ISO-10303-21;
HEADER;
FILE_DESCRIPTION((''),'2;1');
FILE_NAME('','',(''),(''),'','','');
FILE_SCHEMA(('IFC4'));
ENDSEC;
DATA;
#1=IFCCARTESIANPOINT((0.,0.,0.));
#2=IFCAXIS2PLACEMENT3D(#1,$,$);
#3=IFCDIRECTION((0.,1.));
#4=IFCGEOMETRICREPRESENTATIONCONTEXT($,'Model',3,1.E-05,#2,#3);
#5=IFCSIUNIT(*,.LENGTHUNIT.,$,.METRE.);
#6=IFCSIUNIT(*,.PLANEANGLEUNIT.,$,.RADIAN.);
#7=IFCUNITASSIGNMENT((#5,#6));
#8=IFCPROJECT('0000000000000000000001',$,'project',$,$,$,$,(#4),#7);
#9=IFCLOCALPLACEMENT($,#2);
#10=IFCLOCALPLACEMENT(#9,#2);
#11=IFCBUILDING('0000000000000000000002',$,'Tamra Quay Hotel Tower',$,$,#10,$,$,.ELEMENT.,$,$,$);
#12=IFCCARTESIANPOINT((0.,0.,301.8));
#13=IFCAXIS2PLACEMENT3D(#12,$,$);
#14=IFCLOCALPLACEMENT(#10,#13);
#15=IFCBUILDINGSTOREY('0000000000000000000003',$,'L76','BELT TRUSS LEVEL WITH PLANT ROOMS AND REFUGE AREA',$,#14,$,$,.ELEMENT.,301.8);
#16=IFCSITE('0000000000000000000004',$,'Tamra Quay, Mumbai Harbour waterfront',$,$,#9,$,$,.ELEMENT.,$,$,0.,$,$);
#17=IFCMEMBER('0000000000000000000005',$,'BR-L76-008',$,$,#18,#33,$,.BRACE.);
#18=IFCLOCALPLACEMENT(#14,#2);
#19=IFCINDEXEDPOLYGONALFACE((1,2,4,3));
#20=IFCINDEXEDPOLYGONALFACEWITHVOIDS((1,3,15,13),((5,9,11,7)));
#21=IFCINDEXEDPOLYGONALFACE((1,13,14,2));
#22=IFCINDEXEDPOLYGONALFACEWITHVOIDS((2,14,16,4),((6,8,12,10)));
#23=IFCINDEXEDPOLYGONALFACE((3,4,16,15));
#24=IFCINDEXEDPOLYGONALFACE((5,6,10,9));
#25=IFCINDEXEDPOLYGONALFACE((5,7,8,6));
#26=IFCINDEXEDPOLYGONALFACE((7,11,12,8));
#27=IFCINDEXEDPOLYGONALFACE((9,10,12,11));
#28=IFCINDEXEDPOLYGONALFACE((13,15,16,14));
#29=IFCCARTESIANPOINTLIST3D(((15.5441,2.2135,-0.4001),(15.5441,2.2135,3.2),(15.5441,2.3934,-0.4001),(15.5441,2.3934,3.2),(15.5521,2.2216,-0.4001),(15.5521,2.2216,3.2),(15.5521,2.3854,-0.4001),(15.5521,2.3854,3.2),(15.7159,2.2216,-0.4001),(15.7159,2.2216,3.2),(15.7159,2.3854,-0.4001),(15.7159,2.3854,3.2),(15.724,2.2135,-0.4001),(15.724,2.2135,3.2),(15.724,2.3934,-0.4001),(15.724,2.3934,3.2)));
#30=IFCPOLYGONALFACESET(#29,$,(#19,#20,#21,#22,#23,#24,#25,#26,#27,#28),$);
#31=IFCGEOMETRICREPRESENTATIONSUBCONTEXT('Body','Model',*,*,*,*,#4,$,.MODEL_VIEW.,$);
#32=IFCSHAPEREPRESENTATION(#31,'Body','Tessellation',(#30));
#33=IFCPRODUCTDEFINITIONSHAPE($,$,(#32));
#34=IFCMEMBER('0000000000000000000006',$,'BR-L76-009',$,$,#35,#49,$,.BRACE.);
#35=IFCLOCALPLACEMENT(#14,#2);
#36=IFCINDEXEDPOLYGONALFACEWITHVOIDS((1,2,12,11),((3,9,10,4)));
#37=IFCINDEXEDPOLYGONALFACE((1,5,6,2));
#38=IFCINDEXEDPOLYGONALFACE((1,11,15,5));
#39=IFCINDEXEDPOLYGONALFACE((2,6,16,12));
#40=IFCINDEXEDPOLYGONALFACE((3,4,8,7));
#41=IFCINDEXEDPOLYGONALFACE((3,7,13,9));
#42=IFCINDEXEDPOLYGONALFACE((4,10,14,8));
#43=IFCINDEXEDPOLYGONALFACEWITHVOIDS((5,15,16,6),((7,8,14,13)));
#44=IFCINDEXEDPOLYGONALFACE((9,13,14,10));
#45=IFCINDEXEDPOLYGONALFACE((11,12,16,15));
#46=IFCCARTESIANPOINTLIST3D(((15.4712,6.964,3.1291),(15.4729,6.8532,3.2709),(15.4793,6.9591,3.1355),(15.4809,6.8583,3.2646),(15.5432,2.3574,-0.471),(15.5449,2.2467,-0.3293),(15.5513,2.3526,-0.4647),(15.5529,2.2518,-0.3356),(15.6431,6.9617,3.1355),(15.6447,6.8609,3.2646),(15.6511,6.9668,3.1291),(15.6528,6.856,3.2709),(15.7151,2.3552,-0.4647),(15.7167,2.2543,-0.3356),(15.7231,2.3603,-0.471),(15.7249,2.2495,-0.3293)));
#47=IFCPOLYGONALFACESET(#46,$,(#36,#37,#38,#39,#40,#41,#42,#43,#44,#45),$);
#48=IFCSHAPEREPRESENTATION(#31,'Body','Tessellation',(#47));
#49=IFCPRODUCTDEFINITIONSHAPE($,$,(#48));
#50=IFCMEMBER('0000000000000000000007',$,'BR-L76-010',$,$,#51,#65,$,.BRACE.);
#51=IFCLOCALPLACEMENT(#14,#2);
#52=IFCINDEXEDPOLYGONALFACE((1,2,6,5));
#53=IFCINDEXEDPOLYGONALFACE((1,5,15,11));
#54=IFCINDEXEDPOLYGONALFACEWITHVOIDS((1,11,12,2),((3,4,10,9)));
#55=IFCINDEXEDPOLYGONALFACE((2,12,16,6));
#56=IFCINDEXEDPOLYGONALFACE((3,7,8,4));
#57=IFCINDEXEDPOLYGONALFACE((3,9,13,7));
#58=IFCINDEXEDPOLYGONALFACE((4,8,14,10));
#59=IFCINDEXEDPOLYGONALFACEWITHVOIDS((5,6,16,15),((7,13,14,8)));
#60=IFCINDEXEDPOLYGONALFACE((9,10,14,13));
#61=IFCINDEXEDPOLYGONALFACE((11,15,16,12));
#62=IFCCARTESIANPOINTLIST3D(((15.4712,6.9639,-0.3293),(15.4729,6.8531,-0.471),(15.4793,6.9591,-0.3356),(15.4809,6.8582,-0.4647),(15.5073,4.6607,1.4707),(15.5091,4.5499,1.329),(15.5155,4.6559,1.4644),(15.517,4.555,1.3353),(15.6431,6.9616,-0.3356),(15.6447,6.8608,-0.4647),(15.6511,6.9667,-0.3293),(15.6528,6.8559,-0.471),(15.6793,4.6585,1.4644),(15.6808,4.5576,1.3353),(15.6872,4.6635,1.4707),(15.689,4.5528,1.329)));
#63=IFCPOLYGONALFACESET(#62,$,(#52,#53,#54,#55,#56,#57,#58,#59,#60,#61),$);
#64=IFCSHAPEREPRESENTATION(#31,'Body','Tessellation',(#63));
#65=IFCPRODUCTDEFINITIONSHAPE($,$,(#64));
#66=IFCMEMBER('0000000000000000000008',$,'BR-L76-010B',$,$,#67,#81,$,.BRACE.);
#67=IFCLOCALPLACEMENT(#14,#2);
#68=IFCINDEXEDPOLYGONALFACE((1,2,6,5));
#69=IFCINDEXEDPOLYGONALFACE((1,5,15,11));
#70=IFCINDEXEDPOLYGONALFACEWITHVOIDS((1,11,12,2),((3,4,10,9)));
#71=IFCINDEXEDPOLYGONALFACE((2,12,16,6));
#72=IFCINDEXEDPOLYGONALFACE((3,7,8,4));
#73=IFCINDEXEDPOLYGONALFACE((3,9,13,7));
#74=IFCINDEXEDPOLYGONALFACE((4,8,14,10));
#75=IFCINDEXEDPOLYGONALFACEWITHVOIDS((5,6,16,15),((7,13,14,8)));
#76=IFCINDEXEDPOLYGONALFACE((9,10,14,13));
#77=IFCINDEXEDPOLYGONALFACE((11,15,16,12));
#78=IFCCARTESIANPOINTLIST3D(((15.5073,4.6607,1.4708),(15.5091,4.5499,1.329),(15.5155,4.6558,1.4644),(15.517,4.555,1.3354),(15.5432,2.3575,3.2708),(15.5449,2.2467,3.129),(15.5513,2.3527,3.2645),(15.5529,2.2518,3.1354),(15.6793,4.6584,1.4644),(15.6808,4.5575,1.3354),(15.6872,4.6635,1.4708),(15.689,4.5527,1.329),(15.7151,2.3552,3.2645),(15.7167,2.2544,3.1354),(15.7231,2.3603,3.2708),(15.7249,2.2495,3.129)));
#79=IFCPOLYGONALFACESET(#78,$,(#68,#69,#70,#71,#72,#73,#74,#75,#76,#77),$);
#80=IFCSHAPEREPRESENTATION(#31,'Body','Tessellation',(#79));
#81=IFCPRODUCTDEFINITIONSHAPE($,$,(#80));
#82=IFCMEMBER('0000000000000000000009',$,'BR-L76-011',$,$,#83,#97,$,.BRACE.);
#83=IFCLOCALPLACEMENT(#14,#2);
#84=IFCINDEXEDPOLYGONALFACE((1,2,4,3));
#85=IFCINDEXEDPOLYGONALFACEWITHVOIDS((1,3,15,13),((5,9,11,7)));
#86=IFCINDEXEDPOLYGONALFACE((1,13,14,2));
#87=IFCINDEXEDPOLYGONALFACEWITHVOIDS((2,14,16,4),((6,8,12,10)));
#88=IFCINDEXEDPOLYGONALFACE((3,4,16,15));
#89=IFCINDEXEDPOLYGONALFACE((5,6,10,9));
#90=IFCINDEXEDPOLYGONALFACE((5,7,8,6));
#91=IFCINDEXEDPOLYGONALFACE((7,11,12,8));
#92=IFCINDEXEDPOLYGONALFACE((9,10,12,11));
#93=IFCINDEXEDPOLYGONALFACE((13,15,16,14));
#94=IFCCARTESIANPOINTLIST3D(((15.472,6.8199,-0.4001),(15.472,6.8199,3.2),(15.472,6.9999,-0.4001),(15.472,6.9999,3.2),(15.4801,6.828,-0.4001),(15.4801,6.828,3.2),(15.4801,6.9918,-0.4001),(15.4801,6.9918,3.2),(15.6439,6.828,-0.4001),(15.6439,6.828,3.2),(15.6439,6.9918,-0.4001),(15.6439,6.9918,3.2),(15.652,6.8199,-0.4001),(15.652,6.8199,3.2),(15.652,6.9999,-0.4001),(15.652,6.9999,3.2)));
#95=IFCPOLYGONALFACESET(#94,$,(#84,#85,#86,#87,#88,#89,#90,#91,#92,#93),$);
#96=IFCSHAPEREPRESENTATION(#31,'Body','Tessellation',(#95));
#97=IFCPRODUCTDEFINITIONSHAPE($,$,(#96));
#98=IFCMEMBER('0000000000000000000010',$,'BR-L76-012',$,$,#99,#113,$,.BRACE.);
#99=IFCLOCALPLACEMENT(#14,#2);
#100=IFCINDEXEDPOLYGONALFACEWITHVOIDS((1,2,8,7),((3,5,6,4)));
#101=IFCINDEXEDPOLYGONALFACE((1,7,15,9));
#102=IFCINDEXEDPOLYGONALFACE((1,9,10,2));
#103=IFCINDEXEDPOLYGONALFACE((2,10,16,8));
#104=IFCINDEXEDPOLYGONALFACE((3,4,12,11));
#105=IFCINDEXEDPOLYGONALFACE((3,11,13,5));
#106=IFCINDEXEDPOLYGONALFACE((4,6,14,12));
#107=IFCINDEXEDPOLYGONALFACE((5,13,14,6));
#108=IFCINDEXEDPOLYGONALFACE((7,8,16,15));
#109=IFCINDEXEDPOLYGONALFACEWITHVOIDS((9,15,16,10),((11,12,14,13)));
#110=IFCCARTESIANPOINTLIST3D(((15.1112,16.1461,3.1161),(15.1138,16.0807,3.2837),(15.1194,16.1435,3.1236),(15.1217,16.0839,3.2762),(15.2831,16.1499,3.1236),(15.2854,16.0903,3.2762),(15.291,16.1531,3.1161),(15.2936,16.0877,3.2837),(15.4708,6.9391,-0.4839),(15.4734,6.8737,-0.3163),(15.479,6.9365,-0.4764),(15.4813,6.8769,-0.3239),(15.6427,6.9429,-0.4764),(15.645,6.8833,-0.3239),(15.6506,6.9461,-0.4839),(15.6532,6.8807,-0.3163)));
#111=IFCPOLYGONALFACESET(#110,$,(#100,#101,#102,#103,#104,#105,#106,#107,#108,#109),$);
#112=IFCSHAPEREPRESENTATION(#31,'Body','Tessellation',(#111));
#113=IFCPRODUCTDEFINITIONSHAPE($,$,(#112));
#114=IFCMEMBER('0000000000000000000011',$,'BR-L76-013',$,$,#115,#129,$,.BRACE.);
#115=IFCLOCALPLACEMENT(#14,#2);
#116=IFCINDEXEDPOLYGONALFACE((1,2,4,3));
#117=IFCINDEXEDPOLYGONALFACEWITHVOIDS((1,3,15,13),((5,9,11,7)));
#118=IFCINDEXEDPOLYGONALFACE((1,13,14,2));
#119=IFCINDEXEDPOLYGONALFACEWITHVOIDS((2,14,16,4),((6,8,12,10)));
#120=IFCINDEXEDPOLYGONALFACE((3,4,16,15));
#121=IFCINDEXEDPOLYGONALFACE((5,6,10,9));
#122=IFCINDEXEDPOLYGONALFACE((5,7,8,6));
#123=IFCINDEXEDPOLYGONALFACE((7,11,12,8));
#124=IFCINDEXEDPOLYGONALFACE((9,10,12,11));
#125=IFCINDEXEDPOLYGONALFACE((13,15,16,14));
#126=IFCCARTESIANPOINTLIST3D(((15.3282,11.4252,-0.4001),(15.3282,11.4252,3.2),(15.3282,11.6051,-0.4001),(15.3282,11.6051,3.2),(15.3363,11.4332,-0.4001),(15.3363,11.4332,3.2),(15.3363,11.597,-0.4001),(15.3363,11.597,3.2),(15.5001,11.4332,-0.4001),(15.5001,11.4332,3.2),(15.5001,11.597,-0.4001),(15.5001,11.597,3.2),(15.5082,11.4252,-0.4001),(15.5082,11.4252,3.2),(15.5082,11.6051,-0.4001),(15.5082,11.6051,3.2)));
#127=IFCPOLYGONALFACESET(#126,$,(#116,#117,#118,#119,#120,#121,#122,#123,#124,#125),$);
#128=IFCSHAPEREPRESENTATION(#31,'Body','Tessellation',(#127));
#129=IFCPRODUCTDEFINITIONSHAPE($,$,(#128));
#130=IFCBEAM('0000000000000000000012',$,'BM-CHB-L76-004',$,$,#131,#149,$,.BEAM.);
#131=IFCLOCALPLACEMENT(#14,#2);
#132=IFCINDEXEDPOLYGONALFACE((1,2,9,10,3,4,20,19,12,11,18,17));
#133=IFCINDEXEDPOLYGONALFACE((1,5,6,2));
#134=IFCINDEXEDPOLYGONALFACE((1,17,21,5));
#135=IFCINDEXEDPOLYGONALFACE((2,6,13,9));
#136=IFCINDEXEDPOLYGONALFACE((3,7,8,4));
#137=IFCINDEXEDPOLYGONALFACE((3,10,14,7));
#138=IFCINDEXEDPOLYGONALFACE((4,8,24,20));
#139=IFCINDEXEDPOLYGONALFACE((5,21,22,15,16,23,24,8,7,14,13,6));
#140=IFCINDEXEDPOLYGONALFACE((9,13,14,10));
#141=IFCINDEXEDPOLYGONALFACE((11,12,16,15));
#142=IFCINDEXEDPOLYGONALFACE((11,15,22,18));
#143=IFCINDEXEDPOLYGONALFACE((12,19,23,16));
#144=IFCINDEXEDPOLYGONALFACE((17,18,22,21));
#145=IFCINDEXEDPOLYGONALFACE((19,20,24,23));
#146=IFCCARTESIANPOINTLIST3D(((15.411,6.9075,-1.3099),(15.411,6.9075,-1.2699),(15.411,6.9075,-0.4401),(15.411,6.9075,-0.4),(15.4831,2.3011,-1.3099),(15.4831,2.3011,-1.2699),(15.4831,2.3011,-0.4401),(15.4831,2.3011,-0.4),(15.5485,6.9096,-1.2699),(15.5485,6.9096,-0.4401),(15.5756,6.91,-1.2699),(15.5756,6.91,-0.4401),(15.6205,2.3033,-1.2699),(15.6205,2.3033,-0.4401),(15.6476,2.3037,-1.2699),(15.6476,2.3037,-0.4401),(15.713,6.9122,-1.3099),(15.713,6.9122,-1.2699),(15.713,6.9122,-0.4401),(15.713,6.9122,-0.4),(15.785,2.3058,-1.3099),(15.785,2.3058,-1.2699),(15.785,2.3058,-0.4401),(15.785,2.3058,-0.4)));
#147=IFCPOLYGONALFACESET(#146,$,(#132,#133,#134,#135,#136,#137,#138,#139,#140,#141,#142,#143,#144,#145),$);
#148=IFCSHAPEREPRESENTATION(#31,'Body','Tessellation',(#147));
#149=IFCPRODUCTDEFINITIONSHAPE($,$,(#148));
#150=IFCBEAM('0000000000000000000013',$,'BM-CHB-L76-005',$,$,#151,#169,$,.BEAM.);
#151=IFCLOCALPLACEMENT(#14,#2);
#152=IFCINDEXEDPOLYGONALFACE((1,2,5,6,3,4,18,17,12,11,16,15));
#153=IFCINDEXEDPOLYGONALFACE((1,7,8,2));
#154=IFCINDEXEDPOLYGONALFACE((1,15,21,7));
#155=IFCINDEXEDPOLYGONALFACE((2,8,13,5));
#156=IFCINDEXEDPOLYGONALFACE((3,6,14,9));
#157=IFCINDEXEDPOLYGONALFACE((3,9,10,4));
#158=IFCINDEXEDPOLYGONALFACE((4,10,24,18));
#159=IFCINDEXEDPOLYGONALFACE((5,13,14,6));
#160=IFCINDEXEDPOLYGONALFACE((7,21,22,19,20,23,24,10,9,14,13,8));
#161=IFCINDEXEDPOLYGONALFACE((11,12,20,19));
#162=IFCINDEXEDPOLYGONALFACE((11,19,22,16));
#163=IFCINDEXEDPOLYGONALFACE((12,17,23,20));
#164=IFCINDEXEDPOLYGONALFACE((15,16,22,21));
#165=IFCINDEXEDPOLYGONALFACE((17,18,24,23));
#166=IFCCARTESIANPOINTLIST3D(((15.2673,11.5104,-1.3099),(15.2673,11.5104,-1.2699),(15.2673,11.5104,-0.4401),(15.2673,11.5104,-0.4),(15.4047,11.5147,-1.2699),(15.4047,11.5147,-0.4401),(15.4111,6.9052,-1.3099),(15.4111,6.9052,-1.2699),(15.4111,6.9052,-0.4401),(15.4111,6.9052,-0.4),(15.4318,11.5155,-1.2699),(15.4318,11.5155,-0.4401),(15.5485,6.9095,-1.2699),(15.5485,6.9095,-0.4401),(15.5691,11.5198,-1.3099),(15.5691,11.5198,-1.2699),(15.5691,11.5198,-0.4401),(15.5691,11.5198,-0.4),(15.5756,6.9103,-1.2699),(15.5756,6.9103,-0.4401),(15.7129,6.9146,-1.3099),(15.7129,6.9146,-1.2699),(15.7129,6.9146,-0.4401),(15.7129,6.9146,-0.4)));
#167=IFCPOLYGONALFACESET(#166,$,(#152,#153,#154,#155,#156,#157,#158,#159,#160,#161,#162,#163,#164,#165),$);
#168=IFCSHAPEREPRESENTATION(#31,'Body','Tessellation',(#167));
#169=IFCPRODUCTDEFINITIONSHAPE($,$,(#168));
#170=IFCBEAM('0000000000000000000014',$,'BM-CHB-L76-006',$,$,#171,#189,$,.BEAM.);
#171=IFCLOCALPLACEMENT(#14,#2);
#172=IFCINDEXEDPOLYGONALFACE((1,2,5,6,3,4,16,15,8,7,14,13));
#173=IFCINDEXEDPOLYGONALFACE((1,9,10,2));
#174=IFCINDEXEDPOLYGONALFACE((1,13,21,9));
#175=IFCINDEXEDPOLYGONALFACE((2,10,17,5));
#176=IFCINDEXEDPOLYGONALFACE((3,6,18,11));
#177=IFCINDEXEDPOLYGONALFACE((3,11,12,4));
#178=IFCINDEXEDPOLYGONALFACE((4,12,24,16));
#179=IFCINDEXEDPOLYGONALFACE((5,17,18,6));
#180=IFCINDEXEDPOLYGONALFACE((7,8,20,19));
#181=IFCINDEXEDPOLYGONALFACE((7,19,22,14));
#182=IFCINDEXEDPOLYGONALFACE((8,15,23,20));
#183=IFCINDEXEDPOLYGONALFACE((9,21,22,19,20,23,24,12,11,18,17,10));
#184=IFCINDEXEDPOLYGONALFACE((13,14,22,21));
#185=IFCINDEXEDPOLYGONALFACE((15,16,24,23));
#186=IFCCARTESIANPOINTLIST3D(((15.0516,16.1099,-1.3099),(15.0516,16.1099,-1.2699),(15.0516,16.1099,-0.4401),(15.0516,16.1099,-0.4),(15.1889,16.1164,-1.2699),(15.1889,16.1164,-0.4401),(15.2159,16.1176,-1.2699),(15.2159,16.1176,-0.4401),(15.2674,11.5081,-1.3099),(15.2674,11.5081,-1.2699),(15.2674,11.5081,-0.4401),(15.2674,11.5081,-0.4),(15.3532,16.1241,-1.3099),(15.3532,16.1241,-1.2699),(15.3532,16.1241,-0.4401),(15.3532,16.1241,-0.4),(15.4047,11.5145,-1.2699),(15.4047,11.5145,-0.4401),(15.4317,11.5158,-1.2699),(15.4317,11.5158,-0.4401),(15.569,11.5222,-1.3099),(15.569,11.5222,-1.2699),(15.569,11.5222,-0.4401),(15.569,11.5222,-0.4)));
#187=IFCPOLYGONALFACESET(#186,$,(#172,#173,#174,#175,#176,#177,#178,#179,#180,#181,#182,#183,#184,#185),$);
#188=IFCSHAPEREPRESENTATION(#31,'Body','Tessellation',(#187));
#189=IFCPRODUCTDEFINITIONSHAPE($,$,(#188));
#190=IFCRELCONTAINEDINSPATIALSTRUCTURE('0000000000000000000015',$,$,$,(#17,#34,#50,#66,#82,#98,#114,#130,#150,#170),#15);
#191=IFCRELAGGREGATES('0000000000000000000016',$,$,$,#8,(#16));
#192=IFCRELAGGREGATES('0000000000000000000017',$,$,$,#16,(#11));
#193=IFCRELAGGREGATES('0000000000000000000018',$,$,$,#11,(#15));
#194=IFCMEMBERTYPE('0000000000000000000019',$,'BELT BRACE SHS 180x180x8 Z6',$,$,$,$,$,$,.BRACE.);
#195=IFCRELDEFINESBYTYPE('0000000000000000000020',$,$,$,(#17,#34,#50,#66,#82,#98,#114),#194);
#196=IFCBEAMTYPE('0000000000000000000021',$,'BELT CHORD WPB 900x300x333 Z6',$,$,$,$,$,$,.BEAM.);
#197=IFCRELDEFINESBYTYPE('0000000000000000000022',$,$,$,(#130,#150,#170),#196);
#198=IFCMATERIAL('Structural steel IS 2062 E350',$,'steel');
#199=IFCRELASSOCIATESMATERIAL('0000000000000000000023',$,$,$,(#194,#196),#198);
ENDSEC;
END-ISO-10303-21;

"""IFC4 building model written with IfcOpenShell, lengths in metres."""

from ifc_helpers import new_model, si_unit, direction, frame, origin, origin_2d, place, context, subcontext, project, spatial, hollow_rectangle, i_section, extrude, material, material_profile, profile_set, type_object, element, save


model = new_model("IFC4")

# Units and contexts
model_context = context("Model", 3, precision=1e-05, world=origin(), true_north=direction((0.0, 1.0)))
body_context = subcontext(model_context, "Body", "Model", "MODEL_VIEW")
ifc_project = project(units=[si_unit("LENGTHUNIT", "METRE"), si_unit("PLANEANGLEUNIT", "RADIAN")], contexts=[model_context])

# Site, building, storey
site_placement = place(None, origin())
site = spatial("IfcSite", under=ifc_project, at=site_placement, Name="Tamra Quay, Mumbai Harbour waterfront", CompositionType="ELEMENT", RefElevation=0.0)
building_placement = place(site_placement, origin())
building = spatial("IfcBuilding", under=site, at=building_placement, Name="Tamra Quay Hotel Tower", CompositionType="ELEMENT")
storey_placement = place(building_placement, frame((0.0, 0.0, 301.8)))
storey = spatial("IfcBuildingStorey", under=building, at=storey_placement, Name="L76", Description="BELT TRUSS LEVEL WITH PLANT ROOMS AND REFUGE AREA", CompositionType="ELEMENT", Elevation=301.8)

# Members
ifc_material_1 = material(Name="Structural steel IS 2062 E350", Category="steel")
ifc_material_profile_1 = material_profile(ifc_material_1, hollow_rectangle(XDim=0.1799, YDim=0.1799, WallThickness=0.0081, at=origin_2d()), Name="SHS 180x180x8")
ifc_profile_set_1 = profile_set([ifc_material_profile_1], Name="Structural steel IS 2062 E350")
member_type = type_object("IfcMemberType", Name="BELT BRACE SHS 180x180x8 Z6", PredefinedType="BRACE", material=ifc_profile_set_1)
member_1_placement = place(storey_placement, frame((15.634, 2.3035, -0.4001), z_axis=(0.0, 0.0, 1.0), x_axis=(1.0, 0.0, 0.0)))
element("IfcMember", 1, at=member_1_placement, inside=storey, type_object=member_type, Name="BR-L76-008", PredefinedType="BRACE", context=body_context, shape_type="SweptSolid", body=[
    extrude(hollow_rectangle(XDim=0.1799, YDim=0.1799, WallThickness=0.0081, at=origin_2d()), origin(), (0.0, 0.0, 1.0), 3.6001),
])
member_2_placement = place(storey_placement, frame((15.634, 2.3035, -0.4001), z_axis=(-0.012318, 0.787856, 0.615737), x_axis=(-0.999878, -0.015633, 0.0)))
element("IfcMember", 2, at=member_2_placement, inside=storey, type_object=member_type, Name="BR-L76-009", PredefinedType="BRACE", context=body_context, shape_type="SweptSolid", body=[
    extrude(hollow_rectangle(XDim=0.1799, YDim=0.1799, WallThickness=0.0081, at=origin_2d()), origin(), (0.0, 0.0, 1.0), 5.8469),
])
for number, where, z_axis, x_axis, name in (
    (3, (15.562, 6.9099, -0.4001), (0.01236, -0.787855, 0.615736), (0.999877, 0.015686, 0.0), "BR-L76-010"),
    (4, (15.5981, 4.6067, 1.3999), (0.012276, -0.787856, 0.615737), (0.999879, 0.01558, 0.0), "BR-L76-010B"),
):
    element("IfcMember", number, at=place(storey_placement, frame(where, z_axis=z_axis, x_axis=x_axis)), inside=storey, type_object=member_type, Name=name, PredefinedType="BRACE", context=body_context, shape_type="SweptSolid", body=[
        extrude(hollow_rectangle(XDim=0.1799, YDim=0.1799, WallThickness=0.0081, at=origin_2d()), origin(), (0.0, 0.0, 1.0), 2.9233),
    ])
member_3_placement = place(storey_placement, frame((15.562, 6.9099, -0.4001), z_axis=(0.0, 0.0, 1.0), x_axis=(1.0, 0.0, 0.0)))
element("IfcMember", 5, at=member_3_placement, inside=storey, type_object=member_type, Name="BR-L76-011", PredefinedType="BRACE", context=body_context, shape_type="SweptSolid", body=[
    extrude(hollow_rectangle(XDim=0.1799, YDim=0.1799, WallThickness=0.0081, at=origin_2d()), origin(), (0.0, 0.0, 1.0), 3.6001),
])
member_4_placement = place(storey_placement, frame((15.562, 6.9099, -0.4001), z_axis=(-0.036353, 0.930718, 0.363926), x_axis=(-0.999238, -0.039029, 0.0)))
element("IfcMember", 6, at=member_4_placement, inside=storey, type_object=member_type, Name="BR-L76-012", PredefinedType="BRACE", context=body_context, shape_type="SweptSolid", body=[
    extrude(hollow_rectangle(XDim=0.1799, YDim=0.1799, WallThickness=0.0081, at=origin_2d()), origin(), (0.0, 0.0, 1.0), 9.8923),
])
member_5_placement = place(storey_placement, frame((15.4182, 11.5151, -0.4001), z_axis=(0.0, 0.0, 1.0), x_axis=(1.0, 0.0, 0.0)))
element("IfcMember", 7, at=member_5_placement, inside=storey, type_object=member_type, Name="BR-L76-013", PredefinedType="BRACE", context=body_context, shape_type="SweptSolid", body=[
    extrude(hollow_rectangle(XDim=0.1799, YDim=0.1799, WallThickness=0.0081, at=origin_2d()), origin(), (0.0, 0.0, 1.0), 3.6001),
])

# Beams
ifc_material_profile_2 = material_profile(ifc_material_1, i_section(OverallWidth=0.302, OverallDepth=0.9099, WebThickness=0.0271, FlangeThickness=0.04, at=origin_2d()), Name="WPB 900x300x333")
ifc_profile_set_2 = profile_set([ifc_material_profile_2], Name="Structural steel IS 2062 E350")
beam_type_1 = type_object("IfcBeamType", Name="BELT CHORD WPB 900x300x333 Z6", PredefinedType="BEAM", material=ifc_profile_set_2)
beam_1_placement = place(storey_placement, frame((15.634, 2.3035, -0.855), z_axis=(-0.015633, 0.999878, 0.0), x_axis=(-0.999878, -0.015633, 0.0)))
element("IfcBeam", 8, at=beam_1_placement, inside=storey, type_object=beam_type_1, Name="BM-CHB-L76-004", PredefinedType="BEAM", context=body_context, shape_type="SweptSolid", body=[
    extrude(i_section(OverallWidth=0.302, OverallDepth=0.9099, WebThickness=0.0271, FlangeThickness=0.04, at=origin_2d()), origin(), (0.0, 0.0, 1.0), 4.6069),
])
beam_2_placement = place(storey_placement, frame((15.562, 6.9099, -0.855), z_axis=(-0.03121, 0.999513, 0.0), x_axis=(-0.999513, -0.03121, 0.0)))
element("IfcBeam", 9, at=beam_2_placement, inside=storey, type_object=beam_type_1, Name="BM-CHB-L76-005", PredefinedType="BEAM", context=body_context, shape_type="SweptSolid", body=[
    extrude(i_section(OverallWidth=0.302, OverallDepth=0.9099, WebThickness=0.0271, FlangeThickness=0.04, at=origin_2d()), origin(), (0.0, 0.0, 1.0), 4.6074),
])
beam_3_placement = place(storey_placement, frame((15.4182, 11.5151, -0.855), z_axis=(-0.046848, 0.998902, 0.0), x_axis=(-0.998902, -0.046848, 0.0)))
element("IfcBeam", 10, at=beam_3_placement, inside=storey, type_object=beam_type_1, Name="BM-CHB-L76-006", PredefinedType="BEAM", context=body_context, shape_type="SweptSolid", body=[
    extrude(i_section(OverallWidth=0.302, OverallDepth=0.9099, WebThickness=0.0271, FlangeThickness=0.04, at=origin_2d()), origin(), (0.0, 0.0, 1.0), 4.6069),
])

save(model, "model.ifc")
